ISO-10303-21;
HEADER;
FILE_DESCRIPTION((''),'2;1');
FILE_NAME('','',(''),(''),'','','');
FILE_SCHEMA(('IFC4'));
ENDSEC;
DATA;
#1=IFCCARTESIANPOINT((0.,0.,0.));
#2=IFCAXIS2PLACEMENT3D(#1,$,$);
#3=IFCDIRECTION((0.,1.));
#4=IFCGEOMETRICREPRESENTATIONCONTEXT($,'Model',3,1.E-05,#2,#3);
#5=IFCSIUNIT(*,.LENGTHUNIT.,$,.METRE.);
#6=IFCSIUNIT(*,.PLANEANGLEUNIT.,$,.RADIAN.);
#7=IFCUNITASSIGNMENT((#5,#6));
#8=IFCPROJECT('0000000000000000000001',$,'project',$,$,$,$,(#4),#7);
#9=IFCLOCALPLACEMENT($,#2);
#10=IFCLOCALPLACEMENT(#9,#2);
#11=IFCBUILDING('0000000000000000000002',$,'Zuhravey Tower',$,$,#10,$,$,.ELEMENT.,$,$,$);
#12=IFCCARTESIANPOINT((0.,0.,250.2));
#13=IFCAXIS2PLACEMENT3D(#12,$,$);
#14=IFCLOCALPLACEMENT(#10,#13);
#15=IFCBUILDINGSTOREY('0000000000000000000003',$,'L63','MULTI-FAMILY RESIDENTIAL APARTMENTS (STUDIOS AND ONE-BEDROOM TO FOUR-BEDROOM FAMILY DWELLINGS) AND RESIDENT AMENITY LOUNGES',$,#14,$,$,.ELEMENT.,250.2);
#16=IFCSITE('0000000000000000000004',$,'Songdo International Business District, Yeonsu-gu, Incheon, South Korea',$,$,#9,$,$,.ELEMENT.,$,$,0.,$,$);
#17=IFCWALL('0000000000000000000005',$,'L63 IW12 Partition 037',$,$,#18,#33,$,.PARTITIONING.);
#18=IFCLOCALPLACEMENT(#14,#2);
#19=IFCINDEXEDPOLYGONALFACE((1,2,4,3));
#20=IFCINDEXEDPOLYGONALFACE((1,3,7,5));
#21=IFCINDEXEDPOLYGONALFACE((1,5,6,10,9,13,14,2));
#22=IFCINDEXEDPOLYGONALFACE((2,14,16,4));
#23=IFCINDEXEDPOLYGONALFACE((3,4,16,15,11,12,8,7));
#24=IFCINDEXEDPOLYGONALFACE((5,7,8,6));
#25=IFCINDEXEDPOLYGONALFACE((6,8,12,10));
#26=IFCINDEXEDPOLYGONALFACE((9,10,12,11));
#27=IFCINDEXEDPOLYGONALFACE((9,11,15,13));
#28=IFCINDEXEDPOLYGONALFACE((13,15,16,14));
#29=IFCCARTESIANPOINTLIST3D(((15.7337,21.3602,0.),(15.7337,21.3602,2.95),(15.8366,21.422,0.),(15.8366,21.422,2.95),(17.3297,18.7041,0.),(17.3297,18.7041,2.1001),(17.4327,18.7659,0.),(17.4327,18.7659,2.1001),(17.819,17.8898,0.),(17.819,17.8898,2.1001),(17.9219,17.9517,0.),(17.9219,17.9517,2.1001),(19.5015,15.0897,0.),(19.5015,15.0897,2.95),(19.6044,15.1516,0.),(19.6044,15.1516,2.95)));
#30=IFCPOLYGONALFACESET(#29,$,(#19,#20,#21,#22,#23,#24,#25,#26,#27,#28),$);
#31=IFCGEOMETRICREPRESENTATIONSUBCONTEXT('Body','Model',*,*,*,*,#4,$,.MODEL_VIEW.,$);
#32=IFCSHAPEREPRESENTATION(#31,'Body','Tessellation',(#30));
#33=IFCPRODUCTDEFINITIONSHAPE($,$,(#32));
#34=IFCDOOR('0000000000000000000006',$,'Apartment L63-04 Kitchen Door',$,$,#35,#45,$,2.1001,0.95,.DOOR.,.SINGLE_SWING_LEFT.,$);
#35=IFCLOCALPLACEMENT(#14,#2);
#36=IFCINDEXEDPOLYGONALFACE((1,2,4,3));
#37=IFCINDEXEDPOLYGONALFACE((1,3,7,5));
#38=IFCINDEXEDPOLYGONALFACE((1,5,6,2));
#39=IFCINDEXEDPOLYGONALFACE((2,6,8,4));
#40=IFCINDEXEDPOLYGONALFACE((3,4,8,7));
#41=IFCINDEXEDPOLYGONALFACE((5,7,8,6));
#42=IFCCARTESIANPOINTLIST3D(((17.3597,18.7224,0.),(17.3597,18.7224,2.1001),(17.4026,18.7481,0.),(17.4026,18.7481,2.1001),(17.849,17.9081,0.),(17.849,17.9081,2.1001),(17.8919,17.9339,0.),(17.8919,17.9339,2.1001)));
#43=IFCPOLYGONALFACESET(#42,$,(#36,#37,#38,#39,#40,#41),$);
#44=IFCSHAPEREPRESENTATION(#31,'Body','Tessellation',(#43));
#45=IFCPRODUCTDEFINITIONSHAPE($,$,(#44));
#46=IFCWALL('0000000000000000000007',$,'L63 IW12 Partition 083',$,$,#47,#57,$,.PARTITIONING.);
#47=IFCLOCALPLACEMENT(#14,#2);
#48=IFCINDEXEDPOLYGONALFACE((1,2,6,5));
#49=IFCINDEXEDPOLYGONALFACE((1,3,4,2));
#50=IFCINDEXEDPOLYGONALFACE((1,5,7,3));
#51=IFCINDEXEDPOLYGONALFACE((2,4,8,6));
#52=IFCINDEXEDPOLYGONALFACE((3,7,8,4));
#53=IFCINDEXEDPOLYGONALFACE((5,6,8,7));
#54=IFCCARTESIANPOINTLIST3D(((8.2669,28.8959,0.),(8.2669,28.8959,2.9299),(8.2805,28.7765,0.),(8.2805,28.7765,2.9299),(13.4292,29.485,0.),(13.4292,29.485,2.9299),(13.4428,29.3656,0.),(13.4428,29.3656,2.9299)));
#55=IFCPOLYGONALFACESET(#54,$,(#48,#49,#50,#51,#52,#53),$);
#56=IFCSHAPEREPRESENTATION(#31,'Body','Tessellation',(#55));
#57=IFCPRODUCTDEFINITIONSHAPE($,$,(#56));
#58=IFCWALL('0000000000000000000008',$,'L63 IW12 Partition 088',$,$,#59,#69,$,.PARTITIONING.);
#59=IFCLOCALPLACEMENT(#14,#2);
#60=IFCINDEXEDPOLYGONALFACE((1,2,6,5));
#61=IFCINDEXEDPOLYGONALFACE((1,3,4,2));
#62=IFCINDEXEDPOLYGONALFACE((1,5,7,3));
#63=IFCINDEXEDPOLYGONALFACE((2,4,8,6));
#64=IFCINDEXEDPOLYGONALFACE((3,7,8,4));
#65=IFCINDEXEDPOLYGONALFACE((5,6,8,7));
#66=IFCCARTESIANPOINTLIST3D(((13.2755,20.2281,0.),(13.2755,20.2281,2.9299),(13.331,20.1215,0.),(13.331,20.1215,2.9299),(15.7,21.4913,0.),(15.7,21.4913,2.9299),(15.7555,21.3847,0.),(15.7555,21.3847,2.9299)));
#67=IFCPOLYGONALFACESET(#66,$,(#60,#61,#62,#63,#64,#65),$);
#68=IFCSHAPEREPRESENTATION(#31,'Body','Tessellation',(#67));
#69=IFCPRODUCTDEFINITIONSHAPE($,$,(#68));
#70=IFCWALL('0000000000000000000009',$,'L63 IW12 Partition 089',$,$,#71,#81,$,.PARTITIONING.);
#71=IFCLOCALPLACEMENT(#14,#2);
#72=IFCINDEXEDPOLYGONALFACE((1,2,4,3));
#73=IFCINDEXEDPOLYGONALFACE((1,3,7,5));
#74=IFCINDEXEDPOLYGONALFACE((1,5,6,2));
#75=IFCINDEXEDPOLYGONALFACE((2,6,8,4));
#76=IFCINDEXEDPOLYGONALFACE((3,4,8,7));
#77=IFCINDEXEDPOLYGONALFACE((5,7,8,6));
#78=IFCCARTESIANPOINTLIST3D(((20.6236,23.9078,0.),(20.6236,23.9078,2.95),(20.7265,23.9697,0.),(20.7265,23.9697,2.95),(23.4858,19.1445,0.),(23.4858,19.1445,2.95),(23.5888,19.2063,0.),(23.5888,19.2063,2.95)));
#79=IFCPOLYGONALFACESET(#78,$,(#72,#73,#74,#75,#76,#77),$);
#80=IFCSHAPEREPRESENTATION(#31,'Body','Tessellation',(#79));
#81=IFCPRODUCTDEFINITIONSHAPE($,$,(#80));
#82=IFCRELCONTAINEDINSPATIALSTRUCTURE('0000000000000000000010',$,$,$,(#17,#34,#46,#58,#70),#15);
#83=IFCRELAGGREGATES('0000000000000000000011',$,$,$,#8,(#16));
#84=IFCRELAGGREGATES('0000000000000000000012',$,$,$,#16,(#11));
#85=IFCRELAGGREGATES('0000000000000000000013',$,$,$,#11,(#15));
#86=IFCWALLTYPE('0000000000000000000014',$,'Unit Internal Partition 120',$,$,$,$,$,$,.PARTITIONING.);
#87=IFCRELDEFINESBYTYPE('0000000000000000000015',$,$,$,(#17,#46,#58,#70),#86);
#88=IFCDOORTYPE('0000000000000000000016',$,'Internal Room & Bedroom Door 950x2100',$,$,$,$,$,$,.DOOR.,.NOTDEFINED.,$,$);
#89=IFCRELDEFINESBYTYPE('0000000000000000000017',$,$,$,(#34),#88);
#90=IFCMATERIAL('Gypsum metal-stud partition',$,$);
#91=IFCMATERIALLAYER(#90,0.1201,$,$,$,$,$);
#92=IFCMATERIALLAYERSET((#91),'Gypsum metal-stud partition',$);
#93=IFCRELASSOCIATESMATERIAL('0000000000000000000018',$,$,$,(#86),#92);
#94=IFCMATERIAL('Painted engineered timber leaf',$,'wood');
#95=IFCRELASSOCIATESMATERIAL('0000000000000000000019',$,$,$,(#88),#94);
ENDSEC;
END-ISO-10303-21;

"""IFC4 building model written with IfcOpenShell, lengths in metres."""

from ifc_helpers import new_model, si_unit, direction, frame, frame_2d, origin, place, context, subcontext, project, spatial, rectangle, extrude, material, layer, layer_set, type_object, element, fill, save


model = new_model("IFC4")

# Units and contexts
model_context = context("Model", 3, precision=1e-05, world=origin(), true_north=direction((0.0, 1.0)))
body_context = subcontext(model_context, "Body", "Model", "MODEL_VIEW")
ifc_project = project(units=[si_unit("LENGTHUNIT", "METRE"), si_unit("PLANEANGLEUNIT", "RADIAN")], contexts=[model_context])

# Site, building, storey
site_placement = place(None, origin())
site = spatial("IfcSite", under=ifc_project, at=site_placement, Name="Songdo International Business District, Yeonsu-gu, Incheon, South Korea", CompositionType="ELEMENT", RefElevation=0.0)
building_placement = place(site_placement, origin())
building = spatial("IfcBuilding", under=site, at=building_placement, Name="Zuhravey Tower", CompositionType="ELEMENT")
storey_placement = place(building_placement, frame((0.0, 0.0, 250.2)))
storey = spatial("IfcBuildingStorey", under=building, at=storey_placement, Name="L63", Description="MULTI-FAMILY RESIDENTIAL APARTMENTS (STUDIOS AND ONE-BEDROOM TO FOUR-BEDROOM FAMILY DWELLINGS) AND RESIDENT AMENITY LOUNGES", CompositionType="ELEMENT", Elevation=250.2)

# Wall, opening, door
ifc_material_1 = material(Name="Gypsum metal-stud partition")
ifc_layer_1 = layer(ifc_material_1, 0.1201)
ifc_layer_set_1 = layer_set([ifc_layer_1], Name="Gypsum metal-stud partition")
wall_type_1 = type_object("IfcWallType", Name="Unit Internal Partition 120", PredefinedType="PARTITIONING", material=ifc_layer_set_1)
ifc_material_2 = material(Name="Painted engineered timber leaf", Category="wood")
door_type_1 = type_object("IfcDoorType", Name="Internal Room & Bedroom Door 950x2100", OperationType="NOTDEFINED", PredefinedType="DOOR", material=ifc_material_2)
wall_1_placement = place(storey_placement, frame((15.7852, 21.3911, 0.0), z_axis=(0.0, 0.0, 1.0), x_axis=(0.51505, -0.85716, 0.0)))
wall_1 = element("IfcWall", 1, at=wall_1_placement, inside=storey, type_object=wall_type_1, Name="L63 IW12 Partition 037", PredefinedType="PARTITIONING", context=body_context, shape_type="SweptSolid", body=[
    extrude(rectangle(XDim=7.3154, YDim=0.1201, at=frame_2d((3.6577, 0.0))), origin(), (0.0, 0.0, 1.0), 2.95),
])
opening_1_placement = place(wall_1_placement, frame((3.0986, 0.0, 0.0)))
opening_1 = element("IfcOpeningElement", 2, at=opening_1_placement, cuts=wall_1, PredefinedType="OPENING", context=body_context, shape_type="SweptSolid", body=[
    extrude(rectangle(XDim=0.95, YDim=2.1001, at=frame_2d((0.4751, 1.05))), frame((0.0, 0.072, 0.0), z_axis=(0.0, -1.0, 0.0), x_axis=(1.0, 0.0, 0.0)), (0.0, 0.0, 1.0), 0.144),
])
door_1_placement = place(opening_1_placement, frame((0.95, 0.0, 0.0), z_axis=(0.0, 0.0, 1.0), x_axis=(-1.0, 0.0, 0.0)))
door_1 = element("IfcDoor", 3, at=door_1_placement, inside=storey, type_object=door_type_1, Name="Apartment L63-04 Kitchen Door", OperationType="SINGLE_SWING_LEFT", OverallHeight=2.1001, OverallWidth=0.95, PredefinedType="DOOR", context=body_context, shape_type="SweptSolid", body=[
    extrude(rectangle(XDim=0.95, YDim=2.1001, at=frame_2d((0.4751, 1.05))), frame((0.0, 0.0249, 0.0), z_axis=(0.0, -1.0, 0.0), x_axis=(1.0, 0.0, 0.0)), (0.0, 0.0, 1.0), 0.05),
])
fill(opening_1, door_1)

# Walls
wall_2_placement = place(storey_placement, frame((13.436, 29.4253, 0.0), z_axis=(0.0, 0.0, 1.0), x_axis=(-0.993552, -0.113381, 0.0)))
element("IfcWall", 4, at=wall_2_placement, inside=storey, type_object=wall_type_1, Name="L63 IW12 Partition 083", PredefinedType="PARTITIONING", context=body_context, shape_type="SweptSolid", body=[
    extrude(rectangle(XDim=5.1958, YDim=0.1201, at=frame_2d((2.5979, 0.0))), origin(), (0.0, 0.0, 1.0), 2.9299),
])
wall_3_placement = place(storey_placement, frame((15.7278, 21.438, 0.0), z_axis=(0.0, 0.0, 1.0), x_axis=(-0.886855, -0.462047, 0.0)))
element("IfcWall", 5, at=wall_3_placement, inside=storey, type_object=wall_type_1, Name="L63 IW12 Partition 088", PredefinedType="PARTITIONING", context=body_context, shape_type="SweptSolid", body=[
    extrude(rectangle(XDim=2.7339, YDim=0.1201, at=frame_2d((1.3669, 0.0))), origin(), (0.0, 0.0, 1.0), 2.9299),
])
wall_4_placement = place(storey_placement, frame((20.675, 23.9387, 0.0), z_axis=(0.0, 0.0, 1.0), x_axis=(0.515058, -0.857155, 0.0)))
element("IfcWall", 6, at=wall_4_placement, inside=storey, type_object=wall_type_1, Name="L63 IW12 Partition 089", PredefinedType="PARTITIONING", context=body_context, shape_type="SweptSolid", body=[
    extrude(rectangle(XDim=5.5571, YDim=0.1201, at=frame_2d((2.7786, 0.0))), origin(), (0.0, 0.0, 1.0), 2.95),
])

save(model, "model.ifc")
